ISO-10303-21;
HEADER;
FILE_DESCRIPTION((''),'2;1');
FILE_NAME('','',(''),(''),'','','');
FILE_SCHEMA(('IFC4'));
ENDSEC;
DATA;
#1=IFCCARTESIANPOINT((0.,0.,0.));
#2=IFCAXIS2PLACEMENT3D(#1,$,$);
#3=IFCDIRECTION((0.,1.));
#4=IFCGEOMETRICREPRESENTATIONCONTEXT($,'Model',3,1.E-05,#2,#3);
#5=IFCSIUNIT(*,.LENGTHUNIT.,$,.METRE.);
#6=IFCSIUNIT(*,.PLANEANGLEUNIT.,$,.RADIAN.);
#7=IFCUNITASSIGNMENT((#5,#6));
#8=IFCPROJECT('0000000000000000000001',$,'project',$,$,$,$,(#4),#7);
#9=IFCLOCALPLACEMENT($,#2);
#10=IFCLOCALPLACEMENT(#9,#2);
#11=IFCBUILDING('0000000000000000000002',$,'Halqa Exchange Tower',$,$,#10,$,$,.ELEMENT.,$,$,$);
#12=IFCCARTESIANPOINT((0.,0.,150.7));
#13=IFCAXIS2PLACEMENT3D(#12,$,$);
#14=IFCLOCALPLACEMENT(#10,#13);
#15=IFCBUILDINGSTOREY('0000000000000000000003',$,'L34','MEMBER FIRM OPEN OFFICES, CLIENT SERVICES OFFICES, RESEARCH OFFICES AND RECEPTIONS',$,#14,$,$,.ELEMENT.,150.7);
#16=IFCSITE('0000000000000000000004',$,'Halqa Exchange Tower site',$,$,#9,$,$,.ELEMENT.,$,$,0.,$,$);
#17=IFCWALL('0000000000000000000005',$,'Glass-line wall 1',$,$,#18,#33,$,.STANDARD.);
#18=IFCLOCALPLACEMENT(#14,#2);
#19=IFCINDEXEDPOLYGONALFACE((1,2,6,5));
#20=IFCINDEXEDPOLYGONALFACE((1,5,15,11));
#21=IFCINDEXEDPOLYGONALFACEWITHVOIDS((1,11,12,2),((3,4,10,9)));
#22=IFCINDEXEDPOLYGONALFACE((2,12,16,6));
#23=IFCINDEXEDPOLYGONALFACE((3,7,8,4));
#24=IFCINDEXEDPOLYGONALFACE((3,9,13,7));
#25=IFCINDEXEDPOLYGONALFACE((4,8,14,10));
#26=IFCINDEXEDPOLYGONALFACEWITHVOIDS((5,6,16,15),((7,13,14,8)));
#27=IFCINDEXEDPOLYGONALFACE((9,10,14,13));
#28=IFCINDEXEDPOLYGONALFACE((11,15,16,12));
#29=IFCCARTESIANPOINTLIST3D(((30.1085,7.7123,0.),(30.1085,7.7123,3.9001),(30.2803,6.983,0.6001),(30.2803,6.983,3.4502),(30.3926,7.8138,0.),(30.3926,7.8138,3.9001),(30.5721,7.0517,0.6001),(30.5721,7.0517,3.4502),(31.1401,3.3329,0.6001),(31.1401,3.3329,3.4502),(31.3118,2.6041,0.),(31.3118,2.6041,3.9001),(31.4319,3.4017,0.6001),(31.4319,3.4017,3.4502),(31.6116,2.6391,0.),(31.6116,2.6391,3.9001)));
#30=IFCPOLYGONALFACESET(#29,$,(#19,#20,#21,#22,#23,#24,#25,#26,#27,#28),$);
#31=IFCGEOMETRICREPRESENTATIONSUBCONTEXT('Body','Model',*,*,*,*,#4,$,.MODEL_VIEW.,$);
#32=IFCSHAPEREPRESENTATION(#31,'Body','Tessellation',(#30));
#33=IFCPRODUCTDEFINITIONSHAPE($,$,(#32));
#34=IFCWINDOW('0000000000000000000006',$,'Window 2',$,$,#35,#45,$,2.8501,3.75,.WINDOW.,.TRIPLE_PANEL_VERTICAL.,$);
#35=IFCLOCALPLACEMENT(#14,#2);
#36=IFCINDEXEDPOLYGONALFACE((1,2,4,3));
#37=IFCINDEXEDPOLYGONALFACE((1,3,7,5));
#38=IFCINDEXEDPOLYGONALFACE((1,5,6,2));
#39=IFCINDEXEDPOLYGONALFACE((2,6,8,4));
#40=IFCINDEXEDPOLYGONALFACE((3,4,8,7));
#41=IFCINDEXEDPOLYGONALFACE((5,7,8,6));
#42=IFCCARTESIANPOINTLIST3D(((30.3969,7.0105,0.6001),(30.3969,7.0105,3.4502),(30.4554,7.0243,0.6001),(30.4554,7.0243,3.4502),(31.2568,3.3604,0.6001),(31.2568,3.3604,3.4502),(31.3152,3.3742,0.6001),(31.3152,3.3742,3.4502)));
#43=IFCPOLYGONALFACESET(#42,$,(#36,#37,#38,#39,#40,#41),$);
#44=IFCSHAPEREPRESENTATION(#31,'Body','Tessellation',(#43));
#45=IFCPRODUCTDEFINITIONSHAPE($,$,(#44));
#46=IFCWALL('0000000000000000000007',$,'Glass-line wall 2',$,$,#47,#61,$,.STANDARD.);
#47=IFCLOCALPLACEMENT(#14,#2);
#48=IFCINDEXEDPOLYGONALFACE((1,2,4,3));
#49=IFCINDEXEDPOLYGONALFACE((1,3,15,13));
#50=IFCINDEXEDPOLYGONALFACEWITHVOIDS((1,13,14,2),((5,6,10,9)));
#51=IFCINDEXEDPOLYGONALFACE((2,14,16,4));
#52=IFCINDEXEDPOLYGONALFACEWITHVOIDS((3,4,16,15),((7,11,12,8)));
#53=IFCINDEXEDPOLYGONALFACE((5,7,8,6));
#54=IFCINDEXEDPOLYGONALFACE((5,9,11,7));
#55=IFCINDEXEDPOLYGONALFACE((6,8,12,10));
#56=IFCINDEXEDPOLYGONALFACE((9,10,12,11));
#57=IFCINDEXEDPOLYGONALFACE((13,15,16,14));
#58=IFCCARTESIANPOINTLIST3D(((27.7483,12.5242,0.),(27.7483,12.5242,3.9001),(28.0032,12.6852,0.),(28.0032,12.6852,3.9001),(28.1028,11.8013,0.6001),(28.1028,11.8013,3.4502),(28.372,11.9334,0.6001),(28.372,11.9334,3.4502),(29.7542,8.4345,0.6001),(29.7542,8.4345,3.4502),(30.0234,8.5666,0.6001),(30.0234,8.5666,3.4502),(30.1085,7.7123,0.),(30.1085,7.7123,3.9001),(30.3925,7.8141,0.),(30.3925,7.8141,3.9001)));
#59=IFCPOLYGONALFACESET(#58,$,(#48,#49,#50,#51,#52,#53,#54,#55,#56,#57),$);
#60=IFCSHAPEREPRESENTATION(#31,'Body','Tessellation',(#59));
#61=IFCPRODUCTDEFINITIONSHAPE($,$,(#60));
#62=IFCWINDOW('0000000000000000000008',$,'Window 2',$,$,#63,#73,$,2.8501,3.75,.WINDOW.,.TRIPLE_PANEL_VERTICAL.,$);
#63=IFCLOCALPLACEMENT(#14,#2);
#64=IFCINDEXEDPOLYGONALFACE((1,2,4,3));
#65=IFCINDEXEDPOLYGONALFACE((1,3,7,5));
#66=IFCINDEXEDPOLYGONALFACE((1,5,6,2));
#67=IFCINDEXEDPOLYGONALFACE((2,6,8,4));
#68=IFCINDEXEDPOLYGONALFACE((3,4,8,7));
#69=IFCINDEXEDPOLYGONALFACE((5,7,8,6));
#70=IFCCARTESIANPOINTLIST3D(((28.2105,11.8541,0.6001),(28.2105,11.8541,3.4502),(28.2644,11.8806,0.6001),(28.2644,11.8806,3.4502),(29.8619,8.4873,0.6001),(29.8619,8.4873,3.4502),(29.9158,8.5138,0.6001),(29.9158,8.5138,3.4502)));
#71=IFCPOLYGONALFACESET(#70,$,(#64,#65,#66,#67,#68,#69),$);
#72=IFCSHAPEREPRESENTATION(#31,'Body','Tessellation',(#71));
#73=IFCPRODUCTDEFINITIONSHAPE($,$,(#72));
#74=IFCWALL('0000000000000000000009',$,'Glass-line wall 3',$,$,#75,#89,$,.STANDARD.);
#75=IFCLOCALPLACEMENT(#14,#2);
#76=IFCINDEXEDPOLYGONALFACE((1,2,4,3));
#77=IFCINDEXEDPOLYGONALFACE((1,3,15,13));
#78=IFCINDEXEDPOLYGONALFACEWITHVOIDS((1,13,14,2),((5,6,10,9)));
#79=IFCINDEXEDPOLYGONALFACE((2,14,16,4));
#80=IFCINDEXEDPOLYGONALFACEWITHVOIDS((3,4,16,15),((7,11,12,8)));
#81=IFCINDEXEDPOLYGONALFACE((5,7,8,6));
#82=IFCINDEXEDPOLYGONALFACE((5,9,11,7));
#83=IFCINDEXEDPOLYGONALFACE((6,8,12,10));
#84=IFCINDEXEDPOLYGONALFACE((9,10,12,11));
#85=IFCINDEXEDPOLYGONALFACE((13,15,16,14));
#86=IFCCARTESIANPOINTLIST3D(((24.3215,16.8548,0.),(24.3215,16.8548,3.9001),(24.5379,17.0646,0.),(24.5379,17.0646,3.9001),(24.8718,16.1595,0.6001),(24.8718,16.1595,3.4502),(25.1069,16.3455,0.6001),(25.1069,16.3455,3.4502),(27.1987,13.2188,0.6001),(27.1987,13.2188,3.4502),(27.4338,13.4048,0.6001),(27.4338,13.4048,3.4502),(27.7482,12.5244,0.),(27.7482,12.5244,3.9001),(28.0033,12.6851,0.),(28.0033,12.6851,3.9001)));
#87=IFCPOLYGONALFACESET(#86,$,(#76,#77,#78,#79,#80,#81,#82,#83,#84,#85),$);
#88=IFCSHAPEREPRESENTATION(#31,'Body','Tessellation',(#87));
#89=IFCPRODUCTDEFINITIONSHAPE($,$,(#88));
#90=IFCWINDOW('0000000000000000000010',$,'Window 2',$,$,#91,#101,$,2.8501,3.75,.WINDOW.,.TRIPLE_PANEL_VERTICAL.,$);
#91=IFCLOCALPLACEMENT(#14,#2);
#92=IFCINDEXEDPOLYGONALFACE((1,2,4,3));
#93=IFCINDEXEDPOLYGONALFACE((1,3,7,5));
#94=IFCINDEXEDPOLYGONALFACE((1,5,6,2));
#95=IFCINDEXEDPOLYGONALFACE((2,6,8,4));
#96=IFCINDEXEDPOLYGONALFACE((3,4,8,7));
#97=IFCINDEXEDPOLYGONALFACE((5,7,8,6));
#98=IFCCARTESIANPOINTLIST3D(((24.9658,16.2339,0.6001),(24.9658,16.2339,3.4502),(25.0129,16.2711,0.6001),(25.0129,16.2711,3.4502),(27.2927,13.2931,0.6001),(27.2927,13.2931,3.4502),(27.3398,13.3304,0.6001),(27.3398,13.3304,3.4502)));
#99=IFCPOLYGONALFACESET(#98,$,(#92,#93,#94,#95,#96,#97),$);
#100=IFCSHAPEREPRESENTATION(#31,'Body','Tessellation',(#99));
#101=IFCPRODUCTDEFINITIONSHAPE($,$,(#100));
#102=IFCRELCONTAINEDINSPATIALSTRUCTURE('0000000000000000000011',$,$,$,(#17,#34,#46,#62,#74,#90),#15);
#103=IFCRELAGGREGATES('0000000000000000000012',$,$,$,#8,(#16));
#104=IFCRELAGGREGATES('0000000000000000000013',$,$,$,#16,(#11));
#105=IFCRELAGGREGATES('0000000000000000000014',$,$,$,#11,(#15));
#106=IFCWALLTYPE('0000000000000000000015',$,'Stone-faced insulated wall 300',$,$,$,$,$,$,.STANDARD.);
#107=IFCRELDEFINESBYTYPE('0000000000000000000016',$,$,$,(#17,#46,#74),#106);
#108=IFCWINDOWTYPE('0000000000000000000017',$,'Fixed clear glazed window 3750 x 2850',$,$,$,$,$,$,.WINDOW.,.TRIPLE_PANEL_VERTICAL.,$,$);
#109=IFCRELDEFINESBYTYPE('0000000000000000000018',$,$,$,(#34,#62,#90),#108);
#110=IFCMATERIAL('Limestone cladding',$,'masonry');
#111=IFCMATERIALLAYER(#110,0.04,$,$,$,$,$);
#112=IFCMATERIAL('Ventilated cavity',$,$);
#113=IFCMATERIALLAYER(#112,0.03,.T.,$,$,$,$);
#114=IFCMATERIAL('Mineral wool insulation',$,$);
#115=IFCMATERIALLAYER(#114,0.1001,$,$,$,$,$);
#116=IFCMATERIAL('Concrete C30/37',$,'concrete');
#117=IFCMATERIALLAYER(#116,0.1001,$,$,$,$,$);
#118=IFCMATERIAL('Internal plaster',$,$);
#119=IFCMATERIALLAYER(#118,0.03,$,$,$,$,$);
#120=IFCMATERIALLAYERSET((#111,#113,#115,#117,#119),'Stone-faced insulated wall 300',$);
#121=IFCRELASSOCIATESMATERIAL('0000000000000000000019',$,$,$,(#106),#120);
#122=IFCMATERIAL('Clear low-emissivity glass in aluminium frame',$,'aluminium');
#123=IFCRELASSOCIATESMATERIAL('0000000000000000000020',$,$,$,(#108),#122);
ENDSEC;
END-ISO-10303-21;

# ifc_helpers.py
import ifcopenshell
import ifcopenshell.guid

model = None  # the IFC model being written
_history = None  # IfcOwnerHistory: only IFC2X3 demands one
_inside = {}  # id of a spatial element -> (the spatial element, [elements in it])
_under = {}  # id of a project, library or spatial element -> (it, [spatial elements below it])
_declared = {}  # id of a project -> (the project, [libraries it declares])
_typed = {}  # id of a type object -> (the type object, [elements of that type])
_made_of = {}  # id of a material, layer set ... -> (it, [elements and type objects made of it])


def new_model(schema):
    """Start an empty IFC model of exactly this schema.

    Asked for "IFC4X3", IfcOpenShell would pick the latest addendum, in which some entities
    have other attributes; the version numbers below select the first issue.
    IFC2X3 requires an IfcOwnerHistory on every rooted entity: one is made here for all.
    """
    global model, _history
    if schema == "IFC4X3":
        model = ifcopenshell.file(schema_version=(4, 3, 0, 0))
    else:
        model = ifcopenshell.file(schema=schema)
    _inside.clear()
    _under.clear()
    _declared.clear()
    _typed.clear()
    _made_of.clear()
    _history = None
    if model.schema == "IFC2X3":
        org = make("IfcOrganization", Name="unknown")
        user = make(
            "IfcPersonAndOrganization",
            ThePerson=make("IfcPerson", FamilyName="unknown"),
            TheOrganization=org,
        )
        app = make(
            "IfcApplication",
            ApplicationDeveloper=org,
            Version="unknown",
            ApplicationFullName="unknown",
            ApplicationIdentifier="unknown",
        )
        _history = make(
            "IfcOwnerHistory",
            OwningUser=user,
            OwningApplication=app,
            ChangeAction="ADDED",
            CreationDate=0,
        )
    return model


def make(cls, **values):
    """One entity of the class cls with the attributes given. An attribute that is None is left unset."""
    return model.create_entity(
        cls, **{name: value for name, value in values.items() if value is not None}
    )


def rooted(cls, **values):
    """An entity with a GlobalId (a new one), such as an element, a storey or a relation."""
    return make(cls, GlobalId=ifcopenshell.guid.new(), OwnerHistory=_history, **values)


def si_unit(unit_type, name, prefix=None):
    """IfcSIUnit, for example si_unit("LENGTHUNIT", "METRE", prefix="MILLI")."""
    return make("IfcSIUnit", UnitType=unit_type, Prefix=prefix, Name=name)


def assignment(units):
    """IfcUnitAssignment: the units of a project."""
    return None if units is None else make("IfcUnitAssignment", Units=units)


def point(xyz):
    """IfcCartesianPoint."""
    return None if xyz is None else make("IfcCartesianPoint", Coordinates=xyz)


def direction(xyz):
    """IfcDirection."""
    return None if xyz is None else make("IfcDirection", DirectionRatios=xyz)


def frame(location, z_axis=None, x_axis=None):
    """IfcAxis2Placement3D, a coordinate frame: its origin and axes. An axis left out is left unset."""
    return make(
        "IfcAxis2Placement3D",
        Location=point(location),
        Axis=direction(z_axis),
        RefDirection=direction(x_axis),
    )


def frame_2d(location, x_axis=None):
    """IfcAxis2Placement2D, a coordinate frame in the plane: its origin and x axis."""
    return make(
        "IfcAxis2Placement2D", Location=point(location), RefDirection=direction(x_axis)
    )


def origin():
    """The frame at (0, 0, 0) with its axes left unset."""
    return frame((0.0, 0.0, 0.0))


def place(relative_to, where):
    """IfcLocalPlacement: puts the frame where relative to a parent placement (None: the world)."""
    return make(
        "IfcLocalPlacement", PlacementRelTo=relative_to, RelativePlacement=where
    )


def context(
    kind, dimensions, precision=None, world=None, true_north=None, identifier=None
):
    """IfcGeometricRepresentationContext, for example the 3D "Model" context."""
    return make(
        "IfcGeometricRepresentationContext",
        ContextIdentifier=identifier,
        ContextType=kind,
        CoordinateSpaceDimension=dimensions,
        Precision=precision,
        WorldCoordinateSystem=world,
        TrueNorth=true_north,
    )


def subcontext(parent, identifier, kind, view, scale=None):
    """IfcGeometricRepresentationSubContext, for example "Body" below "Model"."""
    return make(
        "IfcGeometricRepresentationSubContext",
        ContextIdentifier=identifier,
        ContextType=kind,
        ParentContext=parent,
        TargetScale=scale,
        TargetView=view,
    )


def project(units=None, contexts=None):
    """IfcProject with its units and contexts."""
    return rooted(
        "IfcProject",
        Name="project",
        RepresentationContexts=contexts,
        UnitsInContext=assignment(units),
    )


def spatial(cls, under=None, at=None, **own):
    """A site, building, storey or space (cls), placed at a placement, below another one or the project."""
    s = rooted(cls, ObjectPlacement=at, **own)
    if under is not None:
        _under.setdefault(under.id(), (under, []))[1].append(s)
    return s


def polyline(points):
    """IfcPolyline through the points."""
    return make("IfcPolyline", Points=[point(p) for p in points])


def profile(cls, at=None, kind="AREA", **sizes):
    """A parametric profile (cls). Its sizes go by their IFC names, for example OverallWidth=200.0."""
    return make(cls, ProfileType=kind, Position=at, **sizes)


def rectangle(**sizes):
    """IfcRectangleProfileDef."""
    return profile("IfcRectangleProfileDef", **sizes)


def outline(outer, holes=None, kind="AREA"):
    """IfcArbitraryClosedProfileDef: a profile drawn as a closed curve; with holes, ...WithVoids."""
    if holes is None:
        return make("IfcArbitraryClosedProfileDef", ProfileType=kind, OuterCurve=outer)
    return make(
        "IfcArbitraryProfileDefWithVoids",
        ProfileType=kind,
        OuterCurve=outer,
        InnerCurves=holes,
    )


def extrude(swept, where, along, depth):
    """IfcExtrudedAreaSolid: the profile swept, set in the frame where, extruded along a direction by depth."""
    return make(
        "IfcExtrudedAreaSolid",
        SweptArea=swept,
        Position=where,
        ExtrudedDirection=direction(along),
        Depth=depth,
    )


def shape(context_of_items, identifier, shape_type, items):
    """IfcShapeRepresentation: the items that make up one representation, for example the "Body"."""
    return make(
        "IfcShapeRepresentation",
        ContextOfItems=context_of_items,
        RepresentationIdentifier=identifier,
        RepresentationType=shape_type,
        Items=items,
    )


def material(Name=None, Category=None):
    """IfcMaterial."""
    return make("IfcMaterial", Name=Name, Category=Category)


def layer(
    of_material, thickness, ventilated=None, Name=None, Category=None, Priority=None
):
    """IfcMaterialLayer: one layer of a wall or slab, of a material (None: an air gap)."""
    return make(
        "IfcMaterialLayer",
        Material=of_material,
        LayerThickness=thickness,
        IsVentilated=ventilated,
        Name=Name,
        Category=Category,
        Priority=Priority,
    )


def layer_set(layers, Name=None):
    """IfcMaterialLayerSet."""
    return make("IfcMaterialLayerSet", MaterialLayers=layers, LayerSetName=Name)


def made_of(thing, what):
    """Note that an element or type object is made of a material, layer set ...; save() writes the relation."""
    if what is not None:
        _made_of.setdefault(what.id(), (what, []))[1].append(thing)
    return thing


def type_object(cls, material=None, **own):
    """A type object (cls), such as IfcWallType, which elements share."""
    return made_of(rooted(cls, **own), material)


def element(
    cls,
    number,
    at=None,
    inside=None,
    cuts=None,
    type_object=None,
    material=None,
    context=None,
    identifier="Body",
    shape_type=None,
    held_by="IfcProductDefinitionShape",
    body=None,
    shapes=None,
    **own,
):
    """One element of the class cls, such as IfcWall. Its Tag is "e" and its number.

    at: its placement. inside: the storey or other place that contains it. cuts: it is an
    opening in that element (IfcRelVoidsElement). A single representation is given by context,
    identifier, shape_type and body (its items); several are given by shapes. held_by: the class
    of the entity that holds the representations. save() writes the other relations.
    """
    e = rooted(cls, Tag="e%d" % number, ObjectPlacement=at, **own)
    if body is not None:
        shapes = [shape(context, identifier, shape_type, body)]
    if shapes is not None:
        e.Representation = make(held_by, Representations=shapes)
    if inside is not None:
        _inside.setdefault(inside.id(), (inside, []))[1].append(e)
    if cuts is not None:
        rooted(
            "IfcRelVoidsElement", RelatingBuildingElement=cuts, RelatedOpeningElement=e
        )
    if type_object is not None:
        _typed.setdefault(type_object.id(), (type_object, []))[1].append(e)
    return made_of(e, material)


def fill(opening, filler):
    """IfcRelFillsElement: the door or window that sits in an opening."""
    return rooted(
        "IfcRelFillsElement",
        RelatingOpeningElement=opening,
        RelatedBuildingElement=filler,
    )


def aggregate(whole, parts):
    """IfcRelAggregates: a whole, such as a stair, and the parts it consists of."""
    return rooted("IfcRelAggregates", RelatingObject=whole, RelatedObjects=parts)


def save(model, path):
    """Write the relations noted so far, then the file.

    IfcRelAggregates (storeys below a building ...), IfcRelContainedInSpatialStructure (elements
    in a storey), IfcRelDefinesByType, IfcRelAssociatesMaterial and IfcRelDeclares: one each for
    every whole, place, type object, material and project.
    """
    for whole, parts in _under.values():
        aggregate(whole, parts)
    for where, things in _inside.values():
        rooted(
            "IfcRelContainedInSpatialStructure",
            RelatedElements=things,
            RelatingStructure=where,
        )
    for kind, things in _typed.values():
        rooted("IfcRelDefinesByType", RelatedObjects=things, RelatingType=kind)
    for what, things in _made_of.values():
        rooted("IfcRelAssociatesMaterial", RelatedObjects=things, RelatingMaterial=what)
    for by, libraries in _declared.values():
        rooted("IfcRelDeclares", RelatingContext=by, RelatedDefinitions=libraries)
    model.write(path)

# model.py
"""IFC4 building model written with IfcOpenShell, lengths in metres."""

from ifc_helpers import new_model, si_unit, direction, frame, frame_2d, origin, place, context, subcontext, project, spatial, polyline, rectangle, outline, extrude, material, layer, layer_set, type_object, element, fill, save


model = new_model("IFC4")

# Units and contexts
model_context = context("Model", 3, precision=1e-05, world=origin(), true_north=direction((0.0, 1.0)))
body_context = subcontext(model_context, "Body", "Model", "MODEL_VIEW")
ifc_project = project(units=[si_unit("LENGTHUNIT", "METRE"), si_unit("PLANEANGLEUNIT", "RADIAN")], contexts=[model_context])

# Site, building, storey
site_placement = place(None, origin())
site = spatial("IfcSite", under=ifc_project, at=site_placement, Name="Halqa Exchange Tower site", CompositionType="ELEMENT", RefElevation=0.0)
building_placement = place(site_placement, origin())
building = spatial("IfcBuilding", under=site, at=building_placement, Name="Halqa Exchange Tower", CompositionType="ELEMENT")
storey_placement = place(building_placement, frame((0.0, 0.0, 150.7)))
storey = spatial("IfcBuildingStorey", under=building, at=storey_placement, Name="L34", Description="MEMBER FIRM OPEN OFFICES, CLIENT SERVICES OFFICES, RESEARCH OFFICES AND RECEPTIONS", CompositionType="ELEMENT", Elevation=150.7)

# Walls, openings, windows
ifc_material_1 = material(Name="Limestone cladding", Category="masonry")
ifc_layer_1 = layer(ifc_material_1, 0.04)
ifc_material_2 = material(Name="Ventilated cavity")
ifc_layer_2 = layer(ifc_material_2, 0.03, ventilated=True)
ifc_material_3 = material(Name="Mineral wool insulation")
ifc_layer_3 = layer(ifc_material_3, 0.1001)
ifc_material_4 = material(Name="Concrete C30/37", Category="concrete")
ifc_layer_4 = layer(ifc_material_4, 0.1001)
ifc_material_5 = material(Name="Internal plaster")
ifc_layer_5 = layer(ifc_material_5, 0.03)
ifc_layer_set_1 = layer_set([ifc_layer_1, ifc_layer_2, ifc_layer_3, ifc_layer_4, ifc_layer_5], Name="Stone-faced insulated wall 300")
wall_type_1 = type_object("IfcWallType", Name="Stone-faced insulated wall 300", PredefinedType="STANDARD", material=ifc_layer_set_1)
wall_1_placement = place(storey_placement, frame((31.4617, 2.6216, 0.0), z_axis=(0.0, 0.0, 1.0), x_axis=(-0.229289, 0.973358, 0.0)))
wall_1 = element("IfcWall", 1, at=wall_1_placement, inside=storey, type_object=wall_type_1, Name="Glass-line wall 1", PredefinedType="STANDARD", context=body_context, shape_type="SweptSolid", body=[
    extrude(outline(polyline([(-0.0173, -0.1499), (5.2991, -0.1499), (5.2654, 0.1499), (0.0173, 0.1499), (-0.0173, -0.1499)])), origin(), (0.0, 0.0, 1.0), 3.9001),
])
opening_1_placement = place(wall_1_placement, frame((0.7661, 0.0, 0.6001)))
opening_1 = element("IfcOpeningElement", 2, at=opening_1_placement, cuts=wall_1, PredefinedType="OPENING", context=body_context, shape_type="SweptSolid", body=[
    extrude(rectangle(XDim=3.75, YDim=2.8501, at=frame_2d((1.875, 1.425))), frame((0.0, 0.1621, 0.0), z_axis=(0.0, -1.0, 0.0), x_axis=(1.0, 0.0, 0.0)), (0.0, 0.0, 1.0), 0.324),
])
ifc_material_6 = material(Name="Clear low-emissivity glass in aluminium frame", Category="aluminium")
window_type = type_object("IfcWindowType", Name="Fixed clear glazed window 3750 x 2850", PartitioningType="TRIPLE_PANEL_VERTICAL", PredefinedType="WINDOW", material=ifc_material_6)
window_1_placement = place(opening_1_placement, origin())
window_1 = element("IfcWindow", 3, at=window_1_placement, inside=storey, type_object=window_type, Name="Window 2", OverallHeight=2.8501, OverallWidth=3.75, PartitioningType="TRIPLE_PANEL_VERTICAL", PredefinedType="WINDOW", context=body_context, shape_type="SweptSolid", body=[
    extrude(rectangle(XDim=3.75, YDim=2.8501, at=frame_2d((1.875, 1.425))), frame((0.0, 0.03, 0.0), z_axis=(0.0, -1.0, 0.0), x_axis=(1.0, 0.0, 0.0)), (0.0, 0.0, 1.0), 0.0601),
])
fill(opening_1, window_1)
wall_2_placement = place(storey_placement, frame((30.2505, 7.7632, 0.0), z_axis=(0.0, 0.0, 1.0), x_axis=(-0.440373, 0.897815, 0.0)))
wall_2 = element("IfcWall", 4, at=wall_2_placement, inside=storey, type_object=wall_type_1, Name="Glass-line wall 2", PredefinedType="STANDARD", context=body_context, shape_type="SweptSolid", body=[
    extrude(outline(polyline([(-0.0168, -0.1499), (5.4087, -0.1499), (5.3765, 0.1499), (0.0168, 0.1499), (-0.0168, -0.1499)])), origin(), (0.0, 0.0, 1.0), 3.9001),
])
opening_2_placement = place(wall_2_placement, frame((0.8213, 0.0, 0.6001)))
opening_2 = element("IfcOpeningElement", 5, at=opening_2_placement, cuts=wall_2, PredefinedType="OPENING", context=body_context, shape_type="SweptSolid", body=[
    extrude(rectangle(XDim=3.75, YDim=2.8501, at=frame_2d((1.875, 1.425))), frame((0.0, 0.1621, 0.0), z_axis=(0.0, -1.0, 0.0), x_axis=(1.0, 0.0, 0.0)), (0.0, 0.0, 1.0), 0.324),
])
window_2_placement = place(opening_2_placement, origin())
window_2 = element("IfcWindow", 6, at=window_2_placement, inside=storey, type_object=window_type, Name="Window 2", OverallHeight=2.8501, OverallWidth=3.75, PartitioningType="TRIPLE_PANEL_VERTICAL", PredefinedType="WINDOW", context=body_context, shape_type="SweptSolid", body=[
    extrude(rectangle(XDim=3.75, YDim=2.8501, at=frame_2d((1.875, 1.425))), frame((0.0, 0.03, 0.0), z_axis=(0.0, -1.0, 0.0), x_axis=(1.0, 0.0, 0.0)), (0.0, 0.0, 1.0), 0.0601),
])
fill(opening_2, window_2)
wall_3_placement = place(storey_placement, frame((27.8757, 12.6047, 0.0), z_axis=(0.0, 0.0, 1.0), x_axis=(-0.620521, 0.78419, 0.0)))
wall_3 = element("IfcWall", 7, at=wall_3_placement, inside=storey, type_object=wall_type_1, Name="Glass-line wall 3", PredefinedType="STANDARD", context=body_context, shape_type="SweptSolid", body=[
    extrude(outline(polyline([(-0.0161, -0.1499), (5.5686, -0.1499), (5.5383, 0.1499), (0.0161, 0.1499), (-0.0161, -0.1499)])), origin(), (0.0, 0.0, 1.0), 3.9001),
])
opening_3_placement = place(wall_3_placement, frame((0.9016, 0.0, 0.6001)))
opening_3 = element("IfcOpeningElement", 8, at=opening_3_placement, cuts=wall_3, PredefinedType="OPENING", context=body_context, shape_type="SweptSolid", body=[
    extrude(rectangle(XDim=3.75, YDim=2.8501, at=frame_2d((1.875, 1.425))), frame((0.0, 0.1621, 0.0), z_axis=(0.0, -1.0, 0.0), x_axis=(1.0, 0.0, 0.0)), (0.0, 0.0, 1.0), 0.324),
])
window_3_placement = place(opening_3_placement, origin())
window_3 = element("IfcWindow", 9, at=window_3_placement, inside=storey, type_object=window_type, Name="Window 2", OverallHeight=2.8501, OverallWidth=3.75, PartitioningType="TRIPLE_PANEL_VERTICAL", PredefinedType="WINDOW", context=body_context, shape_type="SweptSolid", body=[
    extrude(rectangle(XDim=3.75, YDim=2.8501, at=frame_2d((1.875, 1.425))), frame((0.0, 0.03, 0.0), z_axis=(0.0, -1.0, 0.0), x_axis=(1.0, 0.0, 0.0)), (0.0, 0.0, 1.0), 0.0601),
])
fill(opening_3, window_3)

save(model, "model.ifc")
